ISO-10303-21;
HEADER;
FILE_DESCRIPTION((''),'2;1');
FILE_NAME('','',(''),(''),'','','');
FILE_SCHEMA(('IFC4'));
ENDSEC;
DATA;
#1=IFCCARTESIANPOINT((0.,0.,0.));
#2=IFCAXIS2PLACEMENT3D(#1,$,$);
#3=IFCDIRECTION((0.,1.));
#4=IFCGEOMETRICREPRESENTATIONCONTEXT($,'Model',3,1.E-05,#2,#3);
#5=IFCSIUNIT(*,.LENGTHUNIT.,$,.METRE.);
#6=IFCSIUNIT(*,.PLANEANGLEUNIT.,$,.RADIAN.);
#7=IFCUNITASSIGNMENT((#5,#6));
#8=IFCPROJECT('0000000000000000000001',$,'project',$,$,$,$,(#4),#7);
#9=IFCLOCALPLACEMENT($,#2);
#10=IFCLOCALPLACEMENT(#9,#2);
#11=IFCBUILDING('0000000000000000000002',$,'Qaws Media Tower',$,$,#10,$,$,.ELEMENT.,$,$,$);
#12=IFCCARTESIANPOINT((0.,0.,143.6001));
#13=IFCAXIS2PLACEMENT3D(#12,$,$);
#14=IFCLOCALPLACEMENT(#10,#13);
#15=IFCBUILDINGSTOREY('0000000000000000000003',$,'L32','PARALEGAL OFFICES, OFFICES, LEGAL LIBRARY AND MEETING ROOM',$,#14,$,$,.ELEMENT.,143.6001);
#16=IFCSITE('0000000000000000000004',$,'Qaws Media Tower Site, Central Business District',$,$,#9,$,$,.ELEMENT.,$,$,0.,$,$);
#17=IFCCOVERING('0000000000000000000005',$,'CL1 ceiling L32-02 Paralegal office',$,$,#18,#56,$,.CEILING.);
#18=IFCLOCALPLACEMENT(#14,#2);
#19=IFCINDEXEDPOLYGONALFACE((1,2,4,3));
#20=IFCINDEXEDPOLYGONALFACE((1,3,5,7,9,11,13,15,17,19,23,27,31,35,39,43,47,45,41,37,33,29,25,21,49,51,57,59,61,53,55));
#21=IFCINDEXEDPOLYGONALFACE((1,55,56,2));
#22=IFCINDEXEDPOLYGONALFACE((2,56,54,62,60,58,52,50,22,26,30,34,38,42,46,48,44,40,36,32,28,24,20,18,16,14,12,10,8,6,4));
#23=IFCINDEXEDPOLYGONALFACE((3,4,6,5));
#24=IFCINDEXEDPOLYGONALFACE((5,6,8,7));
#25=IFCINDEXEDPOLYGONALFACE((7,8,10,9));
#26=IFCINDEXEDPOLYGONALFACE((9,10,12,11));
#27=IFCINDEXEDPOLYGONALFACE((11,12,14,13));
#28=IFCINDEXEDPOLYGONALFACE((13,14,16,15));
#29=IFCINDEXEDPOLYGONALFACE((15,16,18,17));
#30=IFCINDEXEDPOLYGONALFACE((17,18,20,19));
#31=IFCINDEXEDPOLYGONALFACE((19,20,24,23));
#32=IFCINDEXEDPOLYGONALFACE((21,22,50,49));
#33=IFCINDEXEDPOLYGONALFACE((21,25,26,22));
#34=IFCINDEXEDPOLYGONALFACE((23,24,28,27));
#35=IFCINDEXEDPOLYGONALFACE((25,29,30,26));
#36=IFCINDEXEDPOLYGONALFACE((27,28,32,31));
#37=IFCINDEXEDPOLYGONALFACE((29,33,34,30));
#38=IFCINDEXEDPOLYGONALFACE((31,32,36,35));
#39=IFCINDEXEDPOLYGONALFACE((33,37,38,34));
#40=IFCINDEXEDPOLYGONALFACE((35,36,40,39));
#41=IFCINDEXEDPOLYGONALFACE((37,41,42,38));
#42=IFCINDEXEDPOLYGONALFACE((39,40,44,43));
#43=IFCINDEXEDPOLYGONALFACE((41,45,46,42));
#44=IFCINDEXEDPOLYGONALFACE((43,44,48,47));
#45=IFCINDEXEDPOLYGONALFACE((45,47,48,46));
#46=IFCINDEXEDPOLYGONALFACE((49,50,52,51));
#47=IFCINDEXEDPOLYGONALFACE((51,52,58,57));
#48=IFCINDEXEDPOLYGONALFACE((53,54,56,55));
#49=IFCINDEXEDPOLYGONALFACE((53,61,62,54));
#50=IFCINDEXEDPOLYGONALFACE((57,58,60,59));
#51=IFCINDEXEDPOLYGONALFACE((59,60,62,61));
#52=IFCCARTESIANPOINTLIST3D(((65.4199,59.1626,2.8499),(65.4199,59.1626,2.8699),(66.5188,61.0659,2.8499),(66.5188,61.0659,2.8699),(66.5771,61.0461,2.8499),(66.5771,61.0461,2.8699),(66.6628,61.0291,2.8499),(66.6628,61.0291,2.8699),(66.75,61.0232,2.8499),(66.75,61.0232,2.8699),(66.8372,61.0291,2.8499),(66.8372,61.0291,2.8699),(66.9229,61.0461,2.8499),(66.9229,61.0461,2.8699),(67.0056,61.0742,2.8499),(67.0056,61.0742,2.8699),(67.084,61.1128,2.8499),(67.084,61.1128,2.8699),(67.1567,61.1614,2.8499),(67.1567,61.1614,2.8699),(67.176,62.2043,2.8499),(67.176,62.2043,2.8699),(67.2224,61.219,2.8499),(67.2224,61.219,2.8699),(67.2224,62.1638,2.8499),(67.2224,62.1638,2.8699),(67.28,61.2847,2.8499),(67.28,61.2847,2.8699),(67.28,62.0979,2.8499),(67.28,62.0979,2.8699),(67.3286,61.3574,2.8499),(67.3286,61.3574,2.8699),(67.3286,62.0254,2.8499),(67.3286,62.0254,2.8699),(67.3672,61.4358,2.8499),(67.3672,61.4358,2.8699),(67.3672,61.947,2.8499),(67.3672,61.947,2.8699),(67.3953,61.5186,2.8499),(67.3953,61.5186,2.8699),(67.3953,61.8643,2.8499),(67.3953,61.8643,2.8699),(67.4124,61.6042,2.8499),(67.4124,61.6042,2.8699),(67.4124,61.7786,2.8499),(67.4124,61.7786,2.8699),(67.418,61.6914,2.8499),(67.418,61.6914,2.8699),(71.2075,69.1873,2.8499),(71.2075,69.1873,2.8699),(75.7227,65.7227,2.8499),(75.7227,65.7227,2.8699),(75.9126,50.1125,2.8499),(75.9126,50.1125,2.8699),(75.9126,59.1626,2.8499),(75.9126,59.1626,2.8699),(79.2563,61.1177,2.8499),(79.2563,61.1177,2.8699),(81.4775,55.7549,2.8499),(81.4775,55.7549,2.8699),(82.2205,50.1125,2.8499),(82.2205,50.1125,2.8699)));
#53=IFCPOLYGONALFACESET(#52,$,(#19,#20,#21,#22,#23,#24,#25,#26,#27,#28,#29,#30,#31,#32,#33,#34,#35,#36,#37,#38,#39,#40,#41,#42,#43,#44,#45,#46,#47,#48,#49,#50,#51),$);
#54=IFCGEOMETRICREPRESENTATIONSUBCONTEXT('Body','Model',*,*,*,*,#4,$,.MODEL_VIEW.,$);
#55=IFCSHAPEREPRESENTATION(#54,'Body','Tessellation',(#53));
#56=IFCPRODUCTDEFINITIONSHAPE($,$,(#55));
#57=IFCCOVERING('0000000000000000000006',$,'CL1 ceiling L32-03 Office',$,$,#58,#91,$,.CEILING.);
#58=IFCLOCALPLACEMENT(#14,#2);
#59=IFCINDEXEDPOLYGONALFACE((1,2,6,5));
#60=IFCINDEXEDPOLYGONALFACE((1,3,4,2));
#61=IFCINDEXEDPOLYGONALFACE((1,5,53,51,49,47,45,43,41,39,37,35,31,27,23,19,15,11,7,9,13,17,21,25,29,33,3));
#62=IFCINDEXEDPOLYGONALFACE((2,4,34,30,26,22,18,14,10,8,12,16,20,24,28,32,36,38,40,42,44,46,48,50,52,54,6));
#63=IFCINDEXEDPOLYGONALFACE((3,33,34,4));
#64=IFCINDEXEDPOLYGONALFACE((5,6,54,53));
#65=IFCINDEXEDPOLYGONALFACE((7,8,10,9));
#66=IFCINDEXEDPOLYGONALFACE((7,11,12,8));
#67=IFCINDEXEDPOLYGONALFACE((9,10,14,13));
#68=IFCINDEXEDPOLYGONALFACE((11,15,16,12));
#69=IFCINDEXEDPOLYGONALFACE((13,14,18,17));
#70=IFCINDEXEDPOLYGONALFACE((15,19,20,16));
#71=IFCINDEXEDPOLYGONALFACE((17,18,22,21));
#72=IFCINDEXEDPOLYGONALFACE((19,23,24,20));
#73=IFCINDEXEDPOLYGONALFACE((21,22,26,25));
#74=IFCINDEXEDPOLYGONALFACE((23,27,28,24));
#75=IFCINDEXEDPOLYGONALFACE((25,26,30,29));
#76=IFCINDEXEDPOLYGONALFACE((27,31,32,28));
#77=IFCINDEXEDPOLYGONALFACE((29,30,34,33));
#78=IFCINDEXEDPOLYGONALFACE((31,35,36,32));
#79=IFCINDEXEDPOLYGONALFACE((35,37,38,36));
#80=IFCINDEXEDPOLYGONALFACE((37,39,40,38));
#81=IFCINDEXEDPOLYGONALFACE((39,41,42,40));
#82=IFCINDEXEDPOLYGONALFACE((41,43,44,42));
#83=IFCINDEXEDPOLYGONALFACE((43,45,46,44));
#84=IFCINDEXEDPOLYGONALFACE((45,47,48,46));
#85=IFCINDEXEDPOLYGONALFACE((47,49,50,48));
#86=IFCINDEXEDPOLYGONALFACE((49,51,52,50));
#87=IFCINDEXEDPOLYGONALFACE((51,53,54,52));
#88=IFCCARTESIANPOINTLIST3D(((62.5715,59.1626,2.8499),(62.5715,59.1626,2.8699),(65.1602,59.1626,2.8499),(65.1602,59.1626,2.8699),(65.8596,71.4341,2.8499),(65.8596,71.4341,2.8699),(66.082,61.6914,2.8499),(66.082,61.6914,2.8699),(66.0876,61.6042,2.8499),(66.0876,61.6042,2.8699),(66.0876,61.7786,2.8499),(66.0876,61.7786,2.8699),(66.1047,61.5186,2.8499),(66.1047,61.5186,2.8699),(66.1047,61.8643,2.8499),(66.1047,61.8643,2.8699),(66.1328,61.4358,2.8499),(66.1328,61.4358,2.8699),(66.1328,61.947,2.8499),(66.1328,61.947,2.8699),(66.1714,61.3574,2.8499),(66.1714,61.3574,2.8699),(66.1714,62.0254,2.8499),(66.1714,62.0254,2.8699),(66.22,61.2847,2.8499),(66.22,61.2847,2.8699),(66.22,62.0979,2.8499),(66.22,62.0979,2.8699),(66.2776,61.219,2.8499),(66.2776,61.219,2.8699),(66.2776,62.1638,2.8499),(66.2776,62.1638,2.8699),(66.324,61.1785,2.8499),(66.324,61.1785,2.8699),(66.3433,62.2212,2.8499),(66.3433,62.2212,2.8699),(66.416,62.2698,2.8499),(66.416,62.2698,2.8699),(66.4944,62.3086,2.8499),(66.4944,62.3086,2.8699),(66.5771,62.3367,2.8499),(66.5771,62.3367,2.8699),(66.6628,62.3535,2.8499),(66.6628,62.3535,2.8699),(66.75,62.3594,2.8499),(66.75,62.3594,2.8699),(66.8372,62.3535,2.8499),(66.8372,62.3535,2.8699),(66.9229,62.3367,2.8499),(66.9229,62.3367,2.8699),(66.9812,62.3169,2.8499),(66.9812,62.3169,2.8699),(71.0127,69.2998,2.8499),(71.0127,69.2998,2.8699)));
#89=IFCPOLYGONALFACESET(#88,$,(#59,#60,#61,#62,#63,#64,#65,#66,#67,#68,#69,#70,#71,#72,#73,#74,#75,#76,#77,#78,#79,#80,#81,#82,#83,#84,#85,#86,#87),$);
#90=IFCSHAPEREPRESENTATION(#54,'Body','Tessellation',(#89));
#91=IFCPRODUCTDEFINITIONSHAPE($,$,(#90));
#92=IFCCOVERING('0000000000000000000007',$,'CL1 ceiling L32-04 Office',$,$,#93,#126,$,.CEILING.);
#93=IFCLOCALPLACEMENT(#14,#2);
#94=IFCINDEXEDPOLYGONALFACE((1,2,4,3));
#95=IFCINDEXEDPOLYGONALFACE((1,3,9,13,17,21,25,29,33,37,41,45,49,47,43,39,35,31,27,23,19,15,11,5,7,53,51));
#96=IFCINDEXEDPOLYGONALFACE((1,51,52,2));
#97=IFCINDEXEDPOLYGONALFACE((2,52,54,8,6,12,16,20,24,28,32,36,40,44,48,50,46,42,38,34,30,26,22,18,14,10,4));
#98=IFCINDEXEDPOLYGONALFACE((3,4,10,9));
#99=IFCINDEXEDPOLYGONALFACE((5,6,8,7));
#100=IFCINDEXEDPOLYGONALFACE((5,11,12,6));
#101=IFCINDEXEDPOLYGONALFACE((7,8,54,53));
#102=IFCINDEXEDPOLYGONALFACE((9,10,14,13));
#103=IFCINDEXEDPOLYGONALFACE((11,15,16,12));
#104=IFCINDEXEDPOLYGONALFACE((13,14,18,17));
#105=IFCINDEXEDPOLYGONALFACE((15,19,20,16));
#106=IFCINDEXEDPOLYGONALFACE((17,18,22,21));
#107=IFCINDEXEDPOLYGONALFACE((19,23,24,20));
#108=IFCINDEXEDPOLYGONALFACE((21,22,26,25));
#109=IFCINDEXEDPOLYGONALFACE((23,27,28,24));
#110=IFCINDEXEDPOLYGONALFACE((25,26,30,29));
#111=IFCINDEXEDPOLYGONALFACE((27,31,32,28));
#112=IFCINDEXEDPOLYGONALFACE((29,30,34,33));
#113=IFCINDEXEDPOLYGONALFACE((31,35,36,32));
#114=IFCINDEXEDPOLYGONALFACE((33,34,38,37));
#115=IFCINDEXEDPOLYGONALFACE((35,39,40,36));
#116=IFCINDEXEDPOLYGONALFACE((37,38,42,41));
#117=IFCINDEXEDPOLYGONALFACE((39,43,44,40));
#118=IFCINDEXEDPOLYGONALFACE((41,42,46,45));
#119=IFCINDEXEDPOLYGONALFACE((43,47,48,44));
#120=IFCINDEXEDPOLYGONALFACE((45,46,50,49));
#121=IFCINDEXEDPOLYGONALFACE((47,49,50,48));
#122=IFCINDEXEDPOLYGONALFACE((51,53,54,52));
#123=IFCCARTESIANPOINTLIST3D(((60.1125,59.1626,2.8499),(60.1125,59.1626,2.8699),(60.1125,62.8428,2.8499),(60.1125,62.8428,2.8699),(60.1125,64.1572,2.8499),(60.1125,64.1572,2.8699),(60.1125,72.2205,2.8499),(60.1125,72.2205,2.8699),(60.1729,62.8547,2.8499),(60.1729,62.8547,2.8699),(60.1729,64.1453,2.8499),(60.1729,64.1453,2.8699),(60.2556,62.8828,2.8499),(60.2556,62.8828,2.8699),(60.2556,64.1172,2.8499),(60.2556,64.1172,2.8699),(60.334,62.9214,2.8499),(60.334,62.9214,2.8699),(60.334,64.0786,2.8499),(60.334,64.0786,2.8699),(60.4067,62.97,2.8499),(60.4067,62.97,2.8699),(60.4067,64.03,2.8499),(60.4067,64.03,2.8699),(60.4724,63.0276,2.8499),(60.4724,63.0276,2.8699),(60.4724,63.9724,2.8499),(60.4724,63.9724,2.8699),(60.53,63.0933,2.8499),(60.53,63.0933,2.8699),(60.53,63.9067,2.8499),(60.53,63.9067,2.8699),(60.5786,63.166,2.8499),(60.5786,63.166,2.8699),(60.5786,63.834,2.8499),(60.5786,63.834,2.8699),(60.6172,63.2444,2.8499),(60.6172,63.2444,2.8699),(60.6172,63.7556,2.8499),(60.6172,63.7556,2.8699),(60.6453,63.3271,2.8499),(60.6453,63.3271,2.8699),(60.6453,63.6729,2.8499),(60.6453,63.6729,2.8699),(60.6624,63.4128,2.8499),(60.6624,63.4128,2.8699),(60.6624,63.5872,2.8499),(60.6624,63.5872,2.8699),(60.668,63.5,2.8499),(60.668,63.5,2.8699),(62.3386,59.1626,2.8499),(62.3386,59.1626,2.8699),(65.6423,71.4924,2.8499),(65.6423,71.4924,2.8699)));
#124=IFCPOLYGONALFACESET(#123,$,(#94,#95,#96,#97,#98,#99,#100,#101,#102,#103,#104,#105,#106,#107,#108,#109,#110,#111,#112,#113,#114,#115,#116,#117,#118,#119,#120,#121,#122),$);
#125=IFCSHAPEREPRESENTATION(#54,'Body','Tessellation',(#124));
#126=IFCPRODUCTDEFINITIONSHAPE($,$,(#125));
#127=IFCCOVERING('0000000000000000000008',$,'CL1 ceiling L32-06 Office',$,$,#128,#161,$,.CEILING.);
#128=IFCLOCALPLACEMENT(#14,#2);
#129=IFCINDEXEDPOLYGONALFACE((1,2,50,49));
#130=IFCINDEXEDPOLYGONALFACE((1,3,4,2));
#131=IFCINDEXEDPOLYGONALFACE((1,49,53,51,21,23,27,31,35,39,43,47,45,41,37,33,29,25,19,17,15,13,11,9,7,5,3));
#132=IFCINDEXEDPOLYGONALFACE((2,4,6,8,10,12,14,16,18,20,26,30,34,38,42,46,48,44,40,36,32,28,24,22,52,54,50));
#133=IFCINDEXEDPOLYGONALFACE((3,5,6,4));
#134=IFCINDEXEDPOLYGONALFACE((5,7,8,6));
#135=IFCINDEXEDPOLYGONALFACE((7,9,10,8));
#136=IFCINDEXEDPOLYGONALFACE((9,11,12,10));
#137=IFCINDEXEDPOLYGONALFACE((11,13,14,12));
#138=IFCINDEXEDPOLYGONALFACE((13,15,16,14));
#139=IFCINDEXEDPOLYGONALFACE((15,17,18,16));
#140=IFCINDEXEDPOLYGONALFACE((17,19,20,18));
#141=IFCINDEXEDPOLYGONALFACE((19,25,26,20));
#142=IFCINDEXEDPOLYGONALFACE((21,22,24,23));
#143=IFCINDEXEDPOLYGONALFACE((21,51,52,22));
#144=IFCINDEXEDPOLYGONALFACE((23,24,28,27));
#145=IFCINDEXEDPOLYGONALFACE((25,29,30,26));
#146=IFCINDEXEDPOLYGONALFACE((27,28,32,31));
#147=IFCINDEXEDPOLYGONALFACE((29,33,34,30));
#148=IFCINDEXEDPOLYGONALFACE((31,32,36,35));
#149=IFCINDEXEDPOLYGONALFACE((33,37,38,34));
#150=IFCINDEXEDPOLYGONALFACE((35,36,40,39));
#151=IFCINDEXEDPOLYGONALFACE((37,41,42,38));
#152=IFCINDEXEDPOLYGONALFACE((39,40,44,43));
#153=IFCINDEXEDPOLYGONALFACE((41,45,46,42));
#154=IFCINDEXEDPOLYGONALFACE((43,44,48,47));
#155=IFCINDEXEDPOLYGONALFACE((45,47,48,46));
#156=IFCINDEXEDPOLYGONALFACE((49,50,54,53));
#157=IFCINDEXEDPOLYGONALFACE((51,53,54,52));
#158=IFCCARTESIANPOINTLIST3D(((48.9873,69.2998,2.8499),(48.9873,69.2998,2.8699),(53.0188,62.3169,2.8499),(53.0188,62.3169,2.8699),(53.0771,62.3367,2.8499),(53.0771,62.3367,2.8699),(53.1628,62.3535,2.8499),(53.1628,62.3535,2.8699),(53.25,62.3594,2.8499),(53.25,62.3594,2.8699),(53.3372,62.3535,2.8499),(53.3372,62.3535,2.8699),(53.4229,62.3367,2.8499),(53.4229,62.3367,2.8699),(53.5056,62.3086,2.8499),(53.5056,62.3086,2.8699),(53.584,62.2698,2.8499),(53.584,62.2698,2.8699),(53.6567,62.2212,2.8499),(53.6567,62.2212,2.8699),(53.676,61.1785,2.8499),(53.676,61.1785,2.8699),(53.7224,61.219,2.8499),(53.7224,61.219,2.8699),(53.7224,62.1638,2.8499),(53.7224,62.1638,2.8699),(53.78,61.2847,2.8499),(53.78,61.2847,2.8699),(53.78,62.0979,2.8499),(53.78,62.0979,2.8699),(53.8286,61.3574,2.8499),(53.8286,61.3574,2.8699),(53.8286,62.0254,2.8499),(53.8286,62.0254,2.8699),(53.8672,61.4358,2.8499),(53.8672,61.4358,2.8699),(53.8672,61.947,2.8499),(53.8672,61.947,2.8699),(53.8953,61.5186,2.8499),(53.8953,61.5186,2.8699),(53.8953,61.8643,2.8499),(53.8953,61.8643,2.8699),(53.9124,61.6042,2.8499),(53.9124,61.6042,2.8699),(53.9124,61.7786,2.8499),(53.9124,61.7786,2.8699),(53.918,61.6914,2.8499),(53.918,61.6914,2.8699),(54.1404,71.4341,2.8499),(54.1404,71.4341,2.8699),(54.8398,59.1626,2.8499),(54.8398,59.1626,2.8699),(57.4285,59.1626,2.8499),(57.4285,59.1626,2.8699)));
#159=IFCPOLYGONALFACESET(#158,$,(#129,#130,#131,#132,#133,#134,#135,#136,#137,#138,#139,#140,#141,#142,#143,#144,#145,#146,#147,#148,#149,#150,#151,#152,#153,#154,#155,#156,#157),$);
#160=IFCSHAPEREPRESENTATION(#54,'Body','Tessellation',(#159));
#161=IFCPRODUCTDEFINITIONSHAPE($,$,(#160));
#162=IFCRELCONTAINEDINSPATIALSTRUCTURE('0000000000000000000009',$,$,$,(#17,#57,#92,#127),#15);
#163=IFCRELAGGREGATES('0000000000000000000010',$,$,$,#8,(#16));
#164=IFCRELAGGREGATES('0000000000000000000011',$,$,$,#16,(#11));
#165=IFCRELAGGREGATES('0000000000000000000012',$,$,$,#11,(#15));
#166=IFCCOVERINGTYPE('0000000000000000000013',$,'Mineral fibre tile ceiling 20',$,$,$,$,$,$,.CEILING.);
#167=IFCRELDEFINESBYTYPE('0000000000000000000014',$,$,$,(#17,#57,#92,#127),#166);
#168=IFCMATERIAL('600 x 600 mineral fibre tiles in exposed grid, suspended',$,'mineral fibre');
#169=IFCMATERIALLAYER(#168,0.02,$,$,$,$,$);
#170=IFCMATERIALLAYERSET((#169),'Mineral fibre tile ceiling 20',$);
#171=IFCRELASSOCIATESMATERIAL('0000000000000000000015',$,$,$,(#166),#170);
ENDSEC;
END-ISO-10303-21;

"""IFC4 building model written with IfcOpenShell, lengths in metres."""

from ifc_helpers import new_model, si_unit, direction, frame, origin, place, context, subcontext, project, spatial, polyline, outline, extrude, material, layer, layer_set, type_object, element, save


model = new_model("IFC4")

# Units and contexts
model_context = context("Model", 3, precision=1e-05, world=origin(), true_north=direction((0.0, 1.0)))
body_context = subcontext(model_context, "Body", "Model", "MODEL_VIEW")
ifc_project = project(units=[si_unit("LENGTHUNIT", "METRE"), si_unit("PLANEANGLEUNIT", "RADIAN")], contexts=[model_context])

# Site, building, storey
site_placement = place(None, origin())
site = spatial("IfcSite", under=ifc_project, at=site_placement, Name="Qaws Media Tower Site, Central Business District", CompositionType="ELEMENT", RefElevation=0.0)
building_placement = place(site_placement, origin())
building = spatial("IfcBuilding", under=site, at=building_placement, Name="Qaws Media Tower", CompositionType="ELEMENT")
storey_placement = place(building_placement, frame((0.0, 0.0, 143.6001)))
storey = spatial("IfcBuildingStorey", under=building, at=storey_placement, Name="L32", Description="PARALEGAL OFFICES, OFFICES, LEGAL LIBRARY AND MEETING ROOM", CompositionType="ELEMENT", Elevation=143.6001)

# Coverings
ifc_material_1 = material(Name="600 x 600 mineral fibre tiles in exposed grid, suspended", Category="mineral fibre")
ifc_layer_1 = layer(ifc_material_1, 0.02)
ifc_layer_set_1 = layer_set([ifc_layer_1], Name="Mineral fibre tile ceiling 20")
covering_type_1 = type_object("IfcCoveringType", Name="Mineral fibre tile ceiling 20", PredefinedType="CEILING", material=ifc_layer_set_1)
covering_1_placement = place(storey_placement, frame((0.0, 0.0, 2.8499)))
element("IfcCovering", 1, at=covering_1_placement, inside=storey, type_object=covering_type_1, Name="CL1 ceiling L32-02 Paralegal office", PredefinedType="CEILING", context=body_context, shape_type="SweptSolid", body=[
    extrude(outline(polyline([(75.7227, 65.7227), (79.2563, 61.1177), (81.4775, 55.7549), (82.2205, 50.1125), (75.9126, 50.1125), (75.9126, 59.1626), (65.4199, 59.1626), (66.5188, 61.0659), (66.5771, 61.0461), (66.6628, 61.0291), (66.75, 61.0232), (66.8372, 61.0291), (66.9229, 61.0461), (67.0056, 61.0742), (67.084, 61.1128), (67.1567, 61.1614), (67.2224, 61.219), (67.28, 61.2847), (67.3286, 61.3574), (67.3672, 61.4358), (67.3953, 61.5186), (67.4124, 61.6042), (67.418, 61.6914), (67.4124, 61.7786), (67.3953, 61.8643), (67.3672, 61.947), (67.3286, 62.0254), (67.28, 62.0979), (67.2224, 62.1638), (67.176, 62.2043), (71.2075, 69.1873), (75.7227, 65.7227)])), origin(), (0.0, 0.0, 1.0), 0.02),
])
covering_2_placement = place(storey_placement, frame((0.0, 0.0, 2.8499)))
element("IfcCovering", 2, at=covering_2_placement, inside=storey, type_object=covering_type_1, Name="CL1 ceiling L32-03 Office", PredefinedType="CEILING", context=body_context, shape_type="SweptSolid", body=[
    extrude(outline(polyline([(71.0127, 69.2998), (66.9812, 62.3169), (66.9229, 62.3367), (66.8372, 62.3535), (66.75, 62.3594), (66.6628, 62.3535), (66.5771, 62.3367), (66.4944, 62.3086), (66.416, 62.2698), (66.3433, 62.2212), (66.2776, 62.1638), (66.22, 62.0979), (66.1714, 62.0254), (66.1328, 61.947), (66.1047, 61.8643), (66.0876, 61.7786), (66.082, 61.6914), (66.0876, 61.6042), (66.1047, 61.5186), (66.1328, 61.4358), (66.1714, 61.3574), (66.22, 61.2847), (66.2776, 61.219), (66.324, 61.1785), (65.1602, 59.1626), (62.5715, 59.1626), (65.8596, 71.4341), (71.0127, 69.2998)])), origin(), (0.0, 0.0, 1.0), 0.02),
])
covering_3_placement = place(storey_placement, frame((0.0, 0.0, 2.8499)))
element("IfcCovering", 3, at=covering_3_placement, inside=storey, type_object=covering_type_1, Name="CL1 ceiling L32-04 Office", PredefinedType="CEILING", context=body_context, shape_type="SweptSolid", body=[
    extrude(outline(polyline([(65.6423, 71.4924), (62.3386, 59.1626), (60.1125, 59.1626), (60.1125, 62.8428), (60.1729, 62.8547), (60.2556, 62.8828), (60.334, 62.9214), (60.4067, 62.97), (60.4724, 63.0276), (60.53, 63.0933), (60.5786, 63.166), (60.6172, 63.2444), (60.6453, 63.3271), (60.6624, 63.4128), (60.668, 63.5), (60.6624, 63.5872), (60.6453, 63.6729), (60.6172, 63.7556), (60.5786, 63.834), (60.53, 63.9067), (60.4724, 63.9724), (60.4067, 64.03), (60.334, 64.0786), (60.2556, 64.1172), (60.1729, 64.1453), (60.1125, 64.1572), (60.1125, 72.2205), (65.6423, 71.4924)])), origin(), (0.0, 0.0, 1.0), 0.02),
])
covering_4_placement = place(storey_placement, frame((0.0, 0.0, 2.8499)))
element("IfcCovering", 4, at=covering_4_placement, inside=storey, type_object=covering_type_1, Name="CL1 ceiling L32-06 Office", PredefinedType="CEILING", context=body_context, shape_type="SweptSolid", body=[
    extrude(outline(polyline([(54.1404, 71.4341), (57.4285, 59.1626), (54.8398, 59.1626), (53.676, 61.1785), (53.7224, 61.219), (53.78, 61.2847), (53.8286, 61.3574), (53.8672, 61.4358), (53.8953, 61.5186), (53.9124, 61.6042), (53.918, 61.6914), (53.9124, 61.7786), (53.8953, 61.8643), (53.8672, 61.947), (53.8286, 62.0254), (53.78, 62.0979), (53.7224, 62.1638), (53.6567, 62.2212), (53.584, 62.2698), (53.5056, 62.3086), (53.4229, 62.3367), (53.3372, 62.3535), (53.25, 62.3594), (53.1628, 62.3535), (53.0771, 62.3367), (53.0188, 62.3169), (48.9873, 69.2998), (54.1404, 71.4341)])), origin(), (0.0, 0.0, 1.0), 0.02),
])

save(model, "model.ifc")
